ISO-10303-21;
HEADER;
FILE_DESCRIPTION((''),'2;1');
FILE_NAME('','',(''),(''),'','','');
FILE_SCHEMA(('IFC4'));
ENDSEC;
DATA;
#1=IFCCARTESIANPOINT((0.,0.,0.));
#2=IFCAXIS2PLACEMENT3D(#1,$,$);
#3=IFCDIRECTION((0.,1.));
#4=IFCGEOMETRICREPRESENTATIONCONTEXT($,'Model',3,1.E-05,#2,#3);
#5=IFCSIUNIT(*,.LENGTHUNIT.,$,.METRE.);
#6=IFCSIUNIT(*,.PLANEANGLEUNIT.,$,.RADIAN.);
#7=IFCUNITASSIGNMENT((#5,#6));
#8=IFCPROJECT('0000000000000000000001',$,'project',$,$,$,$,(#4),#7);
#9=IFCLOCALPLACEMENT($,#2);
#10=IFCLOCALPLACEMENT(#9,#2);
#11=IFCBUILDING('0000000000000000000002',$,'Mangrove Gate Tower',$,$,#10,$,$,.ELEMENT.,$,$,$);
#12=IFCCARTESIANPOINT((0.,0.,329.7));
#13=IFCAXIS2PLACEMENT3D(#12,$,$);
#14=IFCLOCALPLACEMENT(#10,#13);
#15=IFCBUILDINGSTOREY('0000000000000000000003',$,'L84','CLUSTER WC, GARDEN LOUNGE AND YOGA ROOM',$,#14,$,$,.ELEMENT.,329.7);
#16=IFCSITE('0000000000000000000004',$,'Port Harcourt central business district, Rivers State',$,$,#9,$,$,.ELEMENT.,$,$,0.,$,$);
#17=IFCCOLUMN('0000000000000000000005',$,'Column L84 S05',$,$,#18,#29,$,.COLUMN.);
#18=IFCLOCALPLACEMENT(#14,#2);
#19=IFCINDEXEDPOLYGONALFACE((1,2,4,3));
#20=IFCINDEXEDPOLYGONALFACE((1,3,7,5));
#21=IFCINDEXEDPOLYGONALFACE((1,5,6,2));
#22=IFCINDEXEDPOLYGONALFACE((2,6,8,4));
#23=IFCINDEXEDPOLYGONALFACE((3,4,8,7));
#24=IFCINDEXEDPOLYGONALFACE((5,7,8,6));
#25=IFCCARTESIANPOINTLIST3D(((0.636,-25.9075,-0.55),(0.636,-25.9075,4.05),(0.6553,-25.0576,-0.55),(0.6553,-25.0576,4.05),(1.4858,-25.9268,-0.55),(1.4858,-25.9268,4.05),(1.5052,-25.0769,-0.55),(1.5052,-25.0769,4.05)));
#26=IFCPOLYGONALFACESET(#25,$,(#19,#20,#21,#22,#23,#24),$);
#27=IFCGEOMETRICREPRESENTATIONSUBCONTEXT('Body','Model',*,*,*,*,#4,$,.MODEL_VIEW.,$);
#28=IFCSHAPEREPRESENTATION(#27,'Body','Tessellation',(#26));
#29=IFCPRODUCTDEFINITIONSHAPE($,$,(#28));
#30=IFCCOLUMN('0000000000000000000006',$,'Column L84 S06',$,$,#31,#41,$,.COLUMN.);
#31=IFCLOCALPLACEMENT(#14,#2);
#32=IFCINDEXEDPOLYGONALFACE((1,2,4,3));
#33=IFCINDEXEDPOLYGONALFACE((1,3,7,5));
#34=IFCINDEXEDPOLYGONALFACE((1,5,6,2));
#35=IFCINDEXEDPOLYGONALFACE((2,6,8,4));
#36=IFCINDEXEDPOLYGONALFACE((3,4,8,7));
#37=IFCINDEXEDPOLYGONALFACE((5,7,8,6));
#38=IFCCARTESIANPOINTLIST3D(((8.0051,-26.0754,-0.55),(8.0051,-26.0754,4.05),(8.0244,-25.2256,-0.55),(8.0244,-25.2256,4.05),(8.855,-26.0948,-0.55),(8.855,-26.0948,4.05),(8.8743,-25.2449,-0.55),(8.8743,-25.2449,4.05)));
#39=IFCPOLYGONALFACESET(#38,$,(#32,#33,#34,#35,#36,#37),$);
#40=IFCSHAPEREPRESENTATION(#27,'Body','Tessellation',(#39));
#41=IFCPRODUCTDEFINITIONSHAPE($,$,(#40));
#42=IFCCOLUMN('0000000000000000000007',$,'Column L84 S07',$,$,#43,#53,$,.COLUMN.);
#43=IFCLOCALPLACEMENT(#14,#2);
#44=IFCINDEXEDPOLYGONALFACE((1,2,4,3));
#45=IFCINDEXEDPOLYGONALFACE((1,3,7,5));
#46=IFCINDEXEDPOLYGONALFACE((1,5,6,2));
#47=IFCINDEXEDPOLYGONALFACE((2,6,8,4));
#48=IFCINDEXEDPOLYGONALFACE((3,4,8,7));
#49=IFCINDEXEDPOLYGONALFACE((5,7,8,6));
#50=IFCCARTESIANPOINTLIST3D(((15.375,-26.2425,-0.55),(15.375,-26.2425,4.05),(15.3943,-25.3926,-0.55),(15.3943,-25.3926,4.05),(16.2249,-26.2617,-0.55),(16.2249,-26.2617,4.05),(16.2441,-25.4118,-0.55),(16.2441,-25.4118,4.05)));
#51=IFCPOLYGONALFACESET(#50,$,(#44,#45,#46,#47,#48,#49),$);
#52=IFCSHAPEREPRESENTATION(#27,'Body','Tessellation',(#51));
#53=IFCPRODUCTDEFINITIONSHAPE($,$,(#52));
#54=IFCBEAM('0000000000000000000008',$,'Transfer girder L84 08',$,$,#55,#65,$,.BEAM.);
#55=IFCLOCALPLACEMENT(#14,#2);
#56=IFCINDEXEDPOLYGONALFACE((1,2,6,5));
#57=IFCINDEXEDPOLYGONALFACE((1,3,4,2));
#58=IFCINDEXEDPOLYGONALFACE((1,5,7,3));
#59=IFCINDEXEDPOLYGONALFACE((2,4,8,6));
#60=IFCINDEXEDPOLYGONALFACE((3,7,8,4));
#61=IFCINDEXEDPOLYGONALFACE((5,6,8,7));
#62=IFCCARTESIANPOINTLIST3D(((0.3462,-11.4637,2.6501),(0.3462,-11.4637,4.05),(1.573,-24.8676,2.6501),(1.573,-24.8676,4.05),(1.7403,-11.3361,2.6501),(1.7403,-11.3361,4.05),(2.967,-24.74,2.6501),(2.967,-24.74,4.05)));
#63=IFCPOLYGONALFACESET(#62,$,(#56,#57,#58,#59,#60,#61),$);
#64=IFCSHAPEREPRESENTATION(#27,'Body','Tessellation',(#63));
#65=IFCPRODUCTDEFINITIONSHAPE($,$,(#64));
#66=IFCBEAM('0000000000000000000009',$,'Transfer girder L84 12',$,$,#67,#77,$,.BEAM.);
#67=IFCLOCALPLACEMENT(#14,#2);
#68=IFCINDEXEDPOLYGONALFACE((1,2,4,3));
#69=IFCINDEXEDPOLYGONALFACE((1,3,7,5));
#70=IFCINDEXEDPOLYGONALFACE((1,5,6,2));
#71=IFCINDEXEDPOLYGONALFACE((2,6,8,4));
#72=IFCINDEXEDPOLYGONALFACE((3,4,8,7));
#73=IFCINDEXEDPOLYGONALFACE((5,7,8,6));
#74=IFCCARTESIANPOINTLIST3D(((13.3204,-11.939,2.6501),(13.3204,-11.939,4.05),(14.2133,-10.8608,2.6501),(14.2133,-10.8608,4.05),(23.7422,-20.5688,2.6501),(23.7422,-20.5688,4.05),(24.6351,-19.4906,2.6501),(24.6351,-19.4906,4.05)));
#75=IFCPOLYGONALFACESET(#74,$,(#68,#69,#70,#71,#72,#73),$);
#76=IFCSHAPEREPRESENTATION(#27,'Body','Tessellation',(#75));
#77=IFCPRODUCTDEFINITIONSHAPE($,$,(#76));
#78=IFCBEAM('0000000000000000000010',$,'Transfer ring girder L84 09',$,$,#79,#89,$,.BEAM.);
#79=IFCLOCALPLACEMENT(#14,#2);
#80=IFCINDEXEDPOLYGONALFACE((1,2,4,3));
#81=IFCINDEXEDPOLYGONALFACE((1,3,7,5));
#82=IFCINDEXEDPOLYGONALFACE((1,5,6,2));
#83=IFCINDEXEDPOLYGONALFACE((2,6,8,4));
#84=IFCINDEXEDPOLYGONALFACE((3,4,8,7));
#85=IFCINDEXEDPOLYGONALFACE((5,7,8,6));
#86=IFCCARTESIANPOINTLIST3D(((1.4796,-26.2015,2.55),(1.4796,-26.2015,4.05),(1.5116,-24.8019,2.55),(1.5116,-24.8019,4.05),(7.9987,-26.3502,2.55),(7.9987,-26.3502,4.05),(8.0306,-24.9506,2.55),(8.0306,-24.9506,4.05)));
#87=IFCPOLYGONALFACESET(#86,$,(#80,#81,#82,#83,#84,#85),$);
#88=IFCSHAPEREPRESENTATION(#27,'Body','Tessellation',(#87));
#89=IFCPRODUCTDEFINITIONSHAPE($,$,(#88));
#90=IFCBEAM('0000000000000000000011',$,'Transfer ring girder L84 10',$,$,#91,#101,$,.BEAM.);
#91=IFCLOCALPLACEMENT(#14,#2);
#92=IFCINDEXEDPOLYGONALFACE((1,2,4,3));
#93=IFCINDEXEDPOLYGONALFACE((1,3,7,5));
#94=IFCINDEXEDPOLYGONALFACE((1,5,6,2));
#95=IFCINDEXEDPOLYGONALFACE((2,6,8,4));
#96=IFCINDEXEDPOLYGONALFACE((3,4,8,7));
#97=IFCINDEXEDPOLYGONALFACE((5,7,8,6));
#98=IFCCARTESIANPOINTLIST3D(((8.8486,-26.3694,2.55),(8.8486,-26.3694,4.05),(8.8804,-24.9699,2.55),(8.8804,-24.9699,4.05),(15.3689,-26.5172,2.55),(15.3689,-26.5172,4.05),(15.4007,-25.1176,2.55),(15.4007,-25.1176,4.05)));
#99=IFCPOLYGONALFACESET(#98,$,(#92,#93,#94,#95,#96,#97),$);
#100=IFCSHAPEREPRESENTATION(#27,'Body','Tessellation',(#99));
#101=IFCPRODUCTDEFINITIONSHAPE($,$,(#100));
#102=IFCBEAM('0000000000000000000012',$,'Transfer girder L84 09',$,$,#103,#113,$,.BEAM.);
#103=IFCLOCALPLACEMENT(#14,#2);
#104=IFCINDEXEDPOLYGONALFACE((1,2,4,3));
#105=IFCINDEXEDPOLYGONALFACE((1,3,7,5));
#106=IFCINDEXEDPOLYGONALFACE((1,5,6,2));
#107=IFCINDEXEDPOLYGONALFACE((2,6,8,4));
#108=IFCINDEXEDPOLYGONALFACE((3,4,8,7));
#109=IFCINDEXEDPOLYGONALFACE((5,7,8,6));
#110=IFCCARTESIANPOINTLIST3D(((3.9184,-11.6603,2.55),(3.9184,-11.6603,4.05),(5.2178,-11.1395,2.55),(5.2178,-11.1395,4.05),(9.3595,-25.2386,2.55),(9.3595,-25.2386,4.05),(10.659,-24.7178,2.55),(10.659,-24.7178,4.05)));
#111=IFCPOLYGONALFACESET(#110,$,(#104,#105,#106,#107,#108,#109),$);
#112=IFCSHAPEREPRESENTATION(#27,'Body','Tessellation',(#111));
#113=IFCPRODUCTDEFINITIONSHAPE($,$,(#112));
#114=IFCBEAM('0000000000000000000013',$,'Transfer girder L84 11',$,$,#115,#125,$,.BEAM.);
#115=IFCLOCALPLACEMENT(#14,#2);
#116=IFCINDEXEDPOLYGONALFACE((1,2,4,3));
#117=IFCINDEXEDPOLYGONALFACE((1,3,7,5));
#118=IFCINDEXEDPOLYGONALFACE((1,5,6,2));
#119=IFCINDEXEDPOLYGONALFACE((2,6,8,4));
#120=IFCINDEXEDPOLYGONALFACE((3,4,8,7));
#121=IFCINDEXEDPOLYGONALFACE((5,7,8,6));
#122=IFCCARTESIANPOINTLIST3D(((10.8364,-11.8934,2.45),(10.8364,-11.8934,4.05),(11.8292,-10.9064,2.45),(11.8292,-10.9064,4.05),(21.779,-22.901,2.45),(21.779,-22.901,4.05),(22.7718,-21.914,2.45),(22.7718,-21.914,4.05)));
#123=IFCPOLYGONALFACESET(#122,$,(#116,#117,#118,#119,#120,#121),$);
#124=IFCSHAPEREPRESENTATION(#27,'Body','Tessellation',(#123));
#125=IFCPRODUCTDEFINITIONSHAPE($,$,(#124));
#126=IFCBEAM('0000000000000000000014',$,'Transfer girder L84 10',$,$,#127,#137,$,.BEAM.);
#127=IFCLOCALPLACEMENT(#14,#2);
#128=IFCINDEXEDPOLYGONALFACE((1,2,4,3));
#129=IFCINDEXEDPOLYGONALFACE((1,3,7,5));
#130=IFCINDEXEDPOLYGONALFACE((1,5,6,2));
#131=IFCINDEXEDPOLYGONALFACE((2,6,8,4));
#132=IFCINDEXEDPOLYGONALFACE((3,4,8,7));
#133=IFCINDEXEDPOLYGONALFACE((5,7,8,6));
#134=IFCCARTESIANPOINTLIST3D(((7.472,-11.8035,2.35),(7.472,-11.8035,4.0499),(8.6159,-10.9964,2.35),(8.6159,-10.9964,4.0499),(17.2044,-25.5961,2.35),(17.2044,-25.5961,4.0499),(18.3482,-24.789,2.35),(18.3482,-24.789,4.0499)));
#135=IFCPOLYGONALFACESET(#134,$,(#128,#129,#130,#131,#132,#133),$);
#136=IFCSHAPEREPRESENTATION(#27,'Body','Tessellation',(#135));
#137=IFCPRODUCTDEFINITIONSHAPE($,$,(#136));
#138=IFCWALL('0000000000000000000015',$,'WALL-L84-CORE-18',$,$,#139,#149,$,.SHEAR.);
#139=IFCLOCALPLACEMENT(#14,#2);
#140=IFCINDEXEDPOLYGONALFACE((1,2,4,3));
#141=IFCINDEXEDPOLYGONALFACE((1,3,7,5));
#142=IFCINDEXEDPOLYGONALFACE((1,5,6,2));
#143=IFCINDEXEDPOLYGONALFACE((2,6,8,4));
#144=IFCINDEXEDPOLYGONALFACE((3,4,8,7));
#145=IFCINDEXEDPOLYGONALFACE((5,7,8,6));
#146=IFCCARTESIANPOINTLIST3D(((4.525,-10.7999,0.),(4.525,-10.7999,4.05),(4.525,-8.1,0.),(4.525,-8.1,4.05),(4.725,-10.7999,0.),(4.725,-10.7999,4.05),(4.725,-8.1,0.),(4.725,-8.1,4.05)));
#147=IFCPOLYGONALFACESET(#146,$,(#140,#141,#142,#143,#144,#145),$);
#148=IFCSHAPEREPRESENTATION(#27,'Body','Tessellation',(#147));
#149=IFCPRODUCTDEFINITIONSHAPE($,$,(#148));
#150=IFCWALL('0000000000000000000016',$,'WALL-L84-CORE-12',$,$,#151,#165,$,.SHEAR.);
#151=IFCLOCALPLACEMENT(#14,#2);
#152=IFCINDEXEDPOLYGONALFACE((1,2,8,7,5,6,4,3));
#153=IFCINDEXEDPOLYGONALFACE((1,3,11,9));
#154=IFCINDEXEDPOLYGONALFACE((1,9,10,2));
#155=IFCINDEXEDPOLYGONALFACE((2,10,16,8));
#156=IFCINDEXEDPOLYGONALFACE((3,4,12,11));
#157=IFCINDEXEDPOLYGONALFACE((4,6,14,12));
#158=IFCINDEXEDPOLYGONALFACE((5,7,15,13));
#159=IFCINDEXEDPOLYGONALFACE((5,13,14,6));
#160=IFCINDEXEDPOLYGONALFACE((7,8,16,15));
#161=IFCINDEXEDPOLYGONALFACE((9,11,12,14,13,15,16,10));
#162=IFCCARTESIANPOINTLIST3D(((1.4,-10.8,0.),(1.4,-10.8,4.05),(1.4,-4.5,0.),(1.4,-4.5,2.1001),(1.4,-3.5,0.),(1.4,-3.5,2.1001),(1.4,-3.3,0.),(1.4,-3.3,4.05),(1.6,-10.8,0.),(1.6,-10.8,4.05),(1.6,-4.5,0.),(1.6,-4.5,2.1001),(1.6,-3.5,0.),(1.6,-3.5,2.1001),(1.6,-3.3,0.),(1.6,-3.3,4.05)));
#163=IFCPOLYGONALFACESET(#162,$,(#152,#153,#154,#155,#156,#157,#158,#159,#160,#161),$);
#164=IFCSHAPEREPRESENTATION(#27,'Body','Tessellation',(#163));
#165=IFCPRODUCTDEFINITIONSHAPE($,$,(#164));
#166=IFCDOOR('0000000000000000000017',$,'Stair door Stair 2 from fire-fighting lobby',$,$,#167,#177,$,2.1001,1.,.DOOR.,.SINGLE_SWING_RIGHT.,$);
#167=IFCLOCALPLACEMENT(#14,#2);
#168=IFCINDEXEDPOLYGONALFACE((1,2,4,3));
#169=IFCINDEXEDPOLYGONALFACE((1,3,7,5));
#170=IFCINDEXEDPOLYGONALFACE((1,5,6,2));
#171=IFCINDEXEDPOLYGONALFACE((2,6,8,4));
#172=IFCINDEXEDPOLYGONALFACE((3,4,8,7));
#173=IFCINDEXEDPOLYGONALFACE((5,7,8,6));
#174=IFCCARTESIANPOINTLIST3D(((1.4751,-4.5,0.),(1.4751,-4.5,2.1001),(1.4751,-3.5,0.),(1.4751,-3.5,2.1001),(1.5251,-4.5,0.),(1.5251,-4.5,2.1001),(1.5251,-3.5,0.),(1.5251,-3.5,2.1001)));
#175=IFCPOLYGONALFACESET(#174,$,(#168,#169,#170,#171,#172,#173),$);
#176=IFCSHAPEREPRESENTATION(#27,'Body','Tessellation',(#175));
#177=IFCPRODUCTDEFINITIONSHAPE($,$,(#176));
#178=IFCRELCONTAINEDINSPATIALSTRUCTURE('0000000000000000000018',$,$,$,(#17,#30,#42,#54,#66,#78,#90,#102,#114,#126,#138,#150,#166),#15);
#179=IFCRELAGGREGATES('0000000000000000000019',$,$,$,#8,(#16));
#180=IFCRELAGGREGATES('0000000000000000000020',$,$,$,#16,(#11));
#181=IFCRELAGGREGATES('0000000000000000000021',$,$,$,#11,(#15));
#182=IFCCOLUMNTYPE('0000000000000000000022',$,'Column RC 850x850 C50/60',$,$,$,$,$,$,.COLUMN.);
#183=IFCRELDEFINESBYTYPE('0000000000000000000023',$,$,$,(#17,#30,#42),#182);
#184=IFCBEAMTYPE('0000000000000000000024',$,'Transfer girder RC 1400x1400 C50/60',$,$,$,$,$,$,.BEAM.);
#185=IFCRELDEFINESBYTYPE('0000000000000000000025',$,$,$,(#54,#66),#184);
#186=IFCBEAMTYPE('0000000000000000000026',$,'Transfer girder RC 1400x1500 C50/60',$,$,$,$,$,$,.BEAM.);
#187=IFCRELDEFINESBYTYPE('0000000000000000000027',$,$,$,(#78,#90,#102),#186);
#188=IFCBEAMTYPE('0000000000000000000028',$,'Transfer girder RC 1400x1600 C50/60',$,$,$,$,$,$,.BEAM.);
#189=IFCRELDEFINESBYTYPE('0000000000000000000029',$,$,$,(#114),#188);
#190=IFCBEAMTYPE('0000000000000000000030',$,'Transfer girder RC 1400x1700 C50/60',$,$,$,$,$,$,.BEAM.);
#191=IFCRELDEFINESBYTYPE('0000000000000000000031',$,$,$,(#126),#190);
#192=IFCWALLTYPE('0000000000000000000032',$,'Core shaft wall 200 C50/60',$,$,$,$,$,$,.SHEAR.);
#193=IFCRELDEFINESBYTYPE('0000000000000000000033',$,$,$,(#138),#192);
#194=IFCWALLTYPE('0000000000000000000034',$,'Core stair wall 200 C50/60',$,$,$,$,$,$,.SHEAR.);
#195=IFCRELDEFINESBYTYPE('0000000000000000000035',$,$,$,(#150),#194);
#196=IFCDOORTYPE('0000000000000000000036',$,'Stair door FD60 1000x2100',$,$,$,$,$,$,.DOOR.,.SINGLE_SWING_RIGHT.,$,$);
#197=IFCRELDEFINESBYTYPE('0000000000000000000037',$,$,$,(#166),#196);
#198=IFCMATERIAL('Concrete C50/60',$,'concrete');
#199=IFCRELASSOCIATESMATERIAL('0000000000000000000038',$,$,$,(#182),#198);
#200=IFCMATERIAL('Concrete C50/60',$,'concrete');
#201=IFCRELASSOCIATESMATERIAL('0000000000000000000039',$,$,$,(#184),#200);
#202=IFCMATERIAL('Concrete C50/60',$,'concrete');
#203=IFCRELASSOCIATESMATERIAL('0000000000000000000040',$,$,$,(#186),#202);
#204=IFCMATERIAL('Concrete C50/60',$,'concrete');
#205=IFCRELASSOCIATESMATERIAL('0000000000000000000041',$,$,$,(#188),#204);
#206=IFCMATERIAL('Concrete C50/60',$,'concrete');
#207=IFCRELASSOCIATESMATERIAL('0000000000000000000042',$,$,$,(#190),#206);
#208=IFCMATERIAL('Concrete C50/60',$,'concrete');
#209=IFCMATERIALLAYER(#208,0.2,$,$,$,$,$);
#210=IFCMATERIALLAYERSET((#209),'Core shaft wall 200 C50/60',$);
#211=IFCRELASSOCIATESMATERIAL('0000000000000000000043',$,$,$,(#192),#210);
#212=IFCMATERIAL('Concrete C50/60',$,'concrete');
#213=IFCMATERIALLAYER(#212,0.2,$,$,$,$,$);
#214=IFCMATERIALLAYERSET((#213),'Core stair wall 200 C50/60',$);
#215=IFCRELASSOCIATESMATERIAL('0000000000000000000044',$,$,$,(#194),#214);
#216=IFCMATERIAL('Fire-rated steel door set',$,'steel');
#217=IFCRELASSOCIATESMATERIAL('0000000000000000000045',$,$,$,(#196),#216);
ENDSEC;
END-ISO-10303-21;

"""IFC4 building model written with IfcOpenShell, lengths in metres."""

from ifc_helpers import new_model, si_unit, direction, frame, frame_2d, origin, origin_2d, place, context, subcontext, project, spatial, rectangle, extrude, material, layer, layer_set, material_profile, profile_set, type_object, element, fill, save


model = new_model("IFC4")

# Units and contexts
model_context = context("Model", 3, precision=1e-05, world=origin(), true_north=direction((0.0, 1.0)))
body_context = subcontext(model_context, "Body", "Model", "MODEL_VIEW")
ifc_project = project(units=[si_unit("LENGTHUNIT", "METRE"), si_unit("PLANEANGLEUNIT", "RADIAN")], contexts=[model_context])

# Site, building, storey
site_placement = place(None, origin())
site = spatial("IfcSite", under=ifc_project, at=site_placement, Name="Port Harcourt central business district, Rivers State", CompositionType="ELEMENT", RefElevation=0.0)
building_placement = place(site_placement, origin())
building = spatial("IfcBuilding", under=site, at=building_placement, Name="Mangrove Gate Tower", CompositionType="ELEMENT")
storey_placement = place(building_placement, frame((0.0, 0.0, 329.7)))
storey = spatial("IfcBuildingStorey", under=building, at=storey_placement, Name="L84", Description="CLUSTER WC, GARDEN LOUNGE AND YOGA ROOM", CompositionType="ELEMENT", Elevation=329.7)

# Columns
ifc_material_1 = material(Name="Concrete C50/60", Category="concrete")
ifc_material_profile_1 = material_profile(ifc_material_1, rectangle(XDim=0.8501, YDim=0.8501, at=origin_2d()))
ifc_profile_set_1 = profile_set([ifc_material_profile_1], Name="Concrete C50/60")
column_type = type_object("IfcColumnType", Name="Column RC 850x850 C50/60", PredefinedType="COLUMN", material=ifc_profile_set_1)
for number, where, z_axis, x_axis, name in (
    (1, (1.0706, -25.4922, -0.55), (0.0, 0.0, 1.0), (0.999742, -0.022723, 0.0), "Column L84 S05"),
    (2, (8.4397, -25.6602, -0.55), (0.0, 0.0, 1.0), (0.999742, -0.022723, 0.0), "Column L84 S06"),
    (3, (15.8096, -25.8271, -0.55), (0.0, 0.0, 1.0), (0.999743, -0.022654, 0.0), "Column L84 S07"),
):
    element("IfcColumn", number, at=place(storey_placement, frame(where, z_axis=z_axis, x_axis=x_axis)), inside=storey, type_object=column_type, Name=name, PredefinedType="COLUMN", context=body_context, shape_type="SweptSolid", body=[
        extrude(rectangle(XDim=0.8501, YDim=0.8501, at=origin_2d()), origin(), (0.0, 0.0, 1.0), 4.6001),
    ])

# Beams
ifc_material_2 = material(Name="Concrete C50/60", Category="concrete")
ifc_material_profile_2 = material_profile(ifc_material_2, rectangle(XDim=1.3999, YDim=1.3999, at=origin_2d()))
ifc_profile_set_2 = profile_set([ifc_material_profile_2], Name="Concrete C50/60")
beam_type_1 = type_object("IfcBeamType", Name="Transfer girder RC 1400x1400 C50/60", PredefinedType="BEAM", material=ifc_profile_set_2)
beam_1_placement = place(storey_placement, frame((1.0432, -11.3999, 3.3501), z_axis=(0.091144, -0.995838, 0.0), x_axis=(0.995838, 0.091144, 0.0)))
element("IfcBeam", 4, at=beam_1_placement, inside=storey, type_object=beam_type_1, Name="Transfer girder L84 08", PredefinedType="BEAM", context=body_context, shape_type="SweptSolid", body=[
    extrude(rectangle(XDim=1.3999, YDim=1.3999, at=origin_2d()), origin(), (0.0, 0.0, 1.0), 13.46),
])
beam_2_placement = place(storey_placement, frame((13.7668, -11.3999, 3.3501), z_axis=(0.770217, -0.637782, 0.0), x_axis=(0.637782, 0.770217, 0.0)))
element("IfcBeam", 5, at=beam_2_placement, inside=storey, type_object=beam_type_1, Name="Transfer girder L84 12", PredefinedType="BEAM", context=body_context, shape_type="SweptSolid", body=[
    extrude(rectangle(XDim=1.3999, YDim=1.3999, at=origin_2d()), origin(), (0.0, 0.0, 1.0), 13.531),
])
ifc_material_3 = material(Name="Concrete C50/60", Category="concrete")
ifc_material_profile_3 = material_profile(ifc_material_3, rectangle(XDim=1.3999, YDim=1.5, at=origin_2d()))
ifc_profile_set_3 = profile_set([ifc_material_profile_3], Name="Concrete C50/60")
beam_type_2 = type_object("IfcBeamType", Name="Transfer girder RC 1400x1500 C50/60", PredefinedType="BEAM", material=ifc_profile_set_3)
beam_3_placement = place(storey_placement, frame((1.4956, -25.5017, 3.3), z_axis=(0.99974, -0.022801, 0.0), x_axis=(0.022801, 0.99974, 0.0)))
element("IfcBeam", 6, at=beam_3_placement, inside=storey, type_object=beam_type_2, Name="Transfer ring girder L84 09", PredefinedType="BEAM", context=body_context, shape_type="SweptSolid", body=[
    extrude(rectangle(XDim=1.3999, YDim=1.5, at=origin_2d()), origin(), (0.0, 0.0, 1.0), 6.5208),
])
beam_4_placement = place(storey_placement, frame((8.8645, -25.6697, 3.3), z_axis=(0.999744, -0.022647, 0.0), x_axis=(0.022647, 0.999744, 0.0)))
element("IfcBeam", 7, at=beam_4_placement, inside=storey, type_object=beam_type_2, Name="Transfer ring girder L84 10", PredefinedType="BEAM", context=body_context, shape_type="SweptSolid", body=[
    extrude(rectangle(XDim=1.3999, YDim=1.5, at=origin_2d()), origin(), (0.0, 0.0, 1.0), 6.522),
])
beam_5_placement = place(storey_placement, frame((4.5681, -11.3999, 3.3), z_axis=(0.371969, -0.928245, 0.0), x_axis=(0.928245, 0.371969, 0.0)))
element("IfcBeam", 8, at=beam_5_placement, inside=storey, type_object=beam_type_2, Name="Transfer girder L84 09", PredefinedType="BEAM", context=body_context, shape_type="SweptSolid", body=[
    extrude(rectangle(XDim=1.3999, YDim=1.5, at=origin_2d()), origin(), (0.0, 0.0, 1.0), 14.6279),
])
ifc_material_4 = material(Name="Concrete C50/60", Category="concrete")
ifc_material_profile_4 = material_profile(ifc_material_4, rectangle(XDim=1.3999, YDim=1.6001, at=origin_2d()))
ifc_profile_set_4 = profile_set([ifc_material_profile_4], Name="Concrete C50/60")
beam_type_3 = type_object("IfcBeamType", Name="Transfer girder RC 1400x1600 C50/60", PredefinedType="BEAM", material=ifc_profile_set_4)
beam_6_placement = place(storey_placement, frame((11.3328, -11.3999, 3.25), z_axis=(0.705012, -0.709196, 0.0), x_axis=(0.709196, 0.705012, 0.0)))
element("IfcBeam", 9, at=beam_6_placement, inside=storey, type_object=beam_type_3, Name="Transfer girder L84 11", PredefinedType="BEAM", context=body_context, shape_type="SweptSolid", body=[
    extrude(rectangle(XDim=1.3999, YDim=1.6001, at=origin_2d()), origin(), (0.0, 0.0, 1.0), 15.5212),
])
ifc_material_5 = material(Name="Concrete C50/60", Category="concrete")
ifc_material_profile_5 = material_profile(ifc_material_5, rectangle(XDim=1.3999, YDim=1.7, at=origin_2d()))
ifc_profile_set_5 = profile_set([ifc_material_profile_5], Name="Concrete C50/60")
beam_type_4 = type_object("IfcBeamType", Name="Transfer girder RC 1400x1700 C50/60", PredefinedType="BEAM", material=ifc_profile_set_5)
beam_7_placement = place(storey_placement, frame((8.0439, -11.3999, 3.2), z_axis=(0.57654, -0.817069, 0.0), x_axis=(0.817069, 0.57654, 0.0)))
element("IfcBeam", 10, at=beam_7_placement, inside=storey, type_object=beam_type_4, Name="Transfer girder L84 10", PredefinedType="BEAM", context=body_context, shape_type="SweptSolid", body=[
    extrude(rectangle(XDim=1.3999, YDim=1.7, at=origin_2d()), origin(), (0.0, 0.0, 1.0), 16.8806),
])

# Wall
ifc_material_6 = material(Name="Concrete C50/60", Category="concrete")
ifc_layer_1 = layer(ifc_material_6, 0.2)
ifc_layer_set_1 = layer_set([ifc_layer_1], Name="Core shaft wall 200 C50/60")
wall_type_1 = type_object("IfcWallType", Name="Core shaft wall 200 C50/60", PredefinedType="SHEAR", material=ifc_layer_set_1)
wall_1_placement = place(storey_placement, frame((4.625, -10.8, 0.0), z_axis=(0.0, 0.0, 1.0), x_axis=(0.0, 1.0, 0.0)))
element("IfcWall", 11, at=wall_1_placement, inside=storey, type_object=wall_type_1, Name="WALL-L84-CORE-18", PredefinedType="SHEAR", context=body_context, shape_type="SweptSolid", body=[
    extrude(rectangle(XDim=2.7, YDim=0.2, at=frame_2d((1.3501, 0.0))), origin(), (0.0, 0.0, 1.0), 4.05),
])

# Wall, opening, door
ifc_material_7 = material(Name="Concrete C50/60", Category="concrete")
ifc_layer_2 = layer(ifc_material_7, 0.2)
ifc_layer_set_2 = layer_set([ifc_layer_2], Name="Core stair wall 200 C50/60")
wall_type_2 = type_object("IfcWallType", Name="Core stair wall 200 C50/60", PredefinedType="SHEAR", material=ifc_layer_set_2)
wall_2_placement = place(storey_placement, frame((1.5, -10.8, 0.0), z_axis=(0.0, 0.0, 1.0), x_axis=(0.0, 1.0, 0.0)))
wall_2 = element("IfcWall", 12, at=wall_2_placement, inside=storey, type_object=wall_type_2, Name="WALL-L84-CORE-12", PredefinedType="SHEAR", context=body_context, shape_type="SweptSolid", body=[
    extrude(rectangle(XDim=7.5, YDim=0.2, at=frame_2d((3.75, 0.0))), origin(), (0.0, 0.0, 1.0), 4.05),
])
opening_placement = place(wall_2_placement, frame((6.3, 0.0, 0.0)))
opening = element("IfcOpeningElement", 13, at=opening_placement, cuts=wall_2, PredefinedType="OPENING", context=body_context, shape_type="SweptSolid", body=[
    extrude(rectangle(XDim=1.0, YDim=2.1001, at=frame_2d((0.5, 1.05))), frame((0.0, 0.1099, 0.0), z_axis=(0.0, -1.0, 0.0), x_axis=(1.0, 0.0, 0.0)), (0.0, 0.0, 1.0), 0.22),
])
ifc_material_8 = material(Name="Fire-rated steel door set", Category="steel")
door_type = type_object("IfcDoorType", Name="Stair door FD60 1000x2100", OperationType="SINGLE_SWING_RIGHT", PredefinedType="DOOR", material=ifc_material_8)
door_placement = place(opening_placement, origin())
door = element("IfcDoor", 14, at=door_placement, inside=storey, type_object=door_type, Name="Stair door Stair 2 from fire-fighting lobby", OperationType="SINGLE_SWING_RIGHT", OverallHeight=2.1001, OverallWidth=1.0, PredefinedType="DOOR", context=body_context, shape_type="SweptSolid", body=[
    extrude(rectangle(XDim=1.0, YDim=2.1001, at=frame_2d((0.5, 1.05))), frame((0.0, 0.0249, 0.0), z_axis=(0.0, -1.0, 0.0), x_axis=(1.0, 0.0, 0.0)), (0.0, 0.0, 1.0), 0.05),
])
fill(opening, door)

save(model, "model.ifc")
